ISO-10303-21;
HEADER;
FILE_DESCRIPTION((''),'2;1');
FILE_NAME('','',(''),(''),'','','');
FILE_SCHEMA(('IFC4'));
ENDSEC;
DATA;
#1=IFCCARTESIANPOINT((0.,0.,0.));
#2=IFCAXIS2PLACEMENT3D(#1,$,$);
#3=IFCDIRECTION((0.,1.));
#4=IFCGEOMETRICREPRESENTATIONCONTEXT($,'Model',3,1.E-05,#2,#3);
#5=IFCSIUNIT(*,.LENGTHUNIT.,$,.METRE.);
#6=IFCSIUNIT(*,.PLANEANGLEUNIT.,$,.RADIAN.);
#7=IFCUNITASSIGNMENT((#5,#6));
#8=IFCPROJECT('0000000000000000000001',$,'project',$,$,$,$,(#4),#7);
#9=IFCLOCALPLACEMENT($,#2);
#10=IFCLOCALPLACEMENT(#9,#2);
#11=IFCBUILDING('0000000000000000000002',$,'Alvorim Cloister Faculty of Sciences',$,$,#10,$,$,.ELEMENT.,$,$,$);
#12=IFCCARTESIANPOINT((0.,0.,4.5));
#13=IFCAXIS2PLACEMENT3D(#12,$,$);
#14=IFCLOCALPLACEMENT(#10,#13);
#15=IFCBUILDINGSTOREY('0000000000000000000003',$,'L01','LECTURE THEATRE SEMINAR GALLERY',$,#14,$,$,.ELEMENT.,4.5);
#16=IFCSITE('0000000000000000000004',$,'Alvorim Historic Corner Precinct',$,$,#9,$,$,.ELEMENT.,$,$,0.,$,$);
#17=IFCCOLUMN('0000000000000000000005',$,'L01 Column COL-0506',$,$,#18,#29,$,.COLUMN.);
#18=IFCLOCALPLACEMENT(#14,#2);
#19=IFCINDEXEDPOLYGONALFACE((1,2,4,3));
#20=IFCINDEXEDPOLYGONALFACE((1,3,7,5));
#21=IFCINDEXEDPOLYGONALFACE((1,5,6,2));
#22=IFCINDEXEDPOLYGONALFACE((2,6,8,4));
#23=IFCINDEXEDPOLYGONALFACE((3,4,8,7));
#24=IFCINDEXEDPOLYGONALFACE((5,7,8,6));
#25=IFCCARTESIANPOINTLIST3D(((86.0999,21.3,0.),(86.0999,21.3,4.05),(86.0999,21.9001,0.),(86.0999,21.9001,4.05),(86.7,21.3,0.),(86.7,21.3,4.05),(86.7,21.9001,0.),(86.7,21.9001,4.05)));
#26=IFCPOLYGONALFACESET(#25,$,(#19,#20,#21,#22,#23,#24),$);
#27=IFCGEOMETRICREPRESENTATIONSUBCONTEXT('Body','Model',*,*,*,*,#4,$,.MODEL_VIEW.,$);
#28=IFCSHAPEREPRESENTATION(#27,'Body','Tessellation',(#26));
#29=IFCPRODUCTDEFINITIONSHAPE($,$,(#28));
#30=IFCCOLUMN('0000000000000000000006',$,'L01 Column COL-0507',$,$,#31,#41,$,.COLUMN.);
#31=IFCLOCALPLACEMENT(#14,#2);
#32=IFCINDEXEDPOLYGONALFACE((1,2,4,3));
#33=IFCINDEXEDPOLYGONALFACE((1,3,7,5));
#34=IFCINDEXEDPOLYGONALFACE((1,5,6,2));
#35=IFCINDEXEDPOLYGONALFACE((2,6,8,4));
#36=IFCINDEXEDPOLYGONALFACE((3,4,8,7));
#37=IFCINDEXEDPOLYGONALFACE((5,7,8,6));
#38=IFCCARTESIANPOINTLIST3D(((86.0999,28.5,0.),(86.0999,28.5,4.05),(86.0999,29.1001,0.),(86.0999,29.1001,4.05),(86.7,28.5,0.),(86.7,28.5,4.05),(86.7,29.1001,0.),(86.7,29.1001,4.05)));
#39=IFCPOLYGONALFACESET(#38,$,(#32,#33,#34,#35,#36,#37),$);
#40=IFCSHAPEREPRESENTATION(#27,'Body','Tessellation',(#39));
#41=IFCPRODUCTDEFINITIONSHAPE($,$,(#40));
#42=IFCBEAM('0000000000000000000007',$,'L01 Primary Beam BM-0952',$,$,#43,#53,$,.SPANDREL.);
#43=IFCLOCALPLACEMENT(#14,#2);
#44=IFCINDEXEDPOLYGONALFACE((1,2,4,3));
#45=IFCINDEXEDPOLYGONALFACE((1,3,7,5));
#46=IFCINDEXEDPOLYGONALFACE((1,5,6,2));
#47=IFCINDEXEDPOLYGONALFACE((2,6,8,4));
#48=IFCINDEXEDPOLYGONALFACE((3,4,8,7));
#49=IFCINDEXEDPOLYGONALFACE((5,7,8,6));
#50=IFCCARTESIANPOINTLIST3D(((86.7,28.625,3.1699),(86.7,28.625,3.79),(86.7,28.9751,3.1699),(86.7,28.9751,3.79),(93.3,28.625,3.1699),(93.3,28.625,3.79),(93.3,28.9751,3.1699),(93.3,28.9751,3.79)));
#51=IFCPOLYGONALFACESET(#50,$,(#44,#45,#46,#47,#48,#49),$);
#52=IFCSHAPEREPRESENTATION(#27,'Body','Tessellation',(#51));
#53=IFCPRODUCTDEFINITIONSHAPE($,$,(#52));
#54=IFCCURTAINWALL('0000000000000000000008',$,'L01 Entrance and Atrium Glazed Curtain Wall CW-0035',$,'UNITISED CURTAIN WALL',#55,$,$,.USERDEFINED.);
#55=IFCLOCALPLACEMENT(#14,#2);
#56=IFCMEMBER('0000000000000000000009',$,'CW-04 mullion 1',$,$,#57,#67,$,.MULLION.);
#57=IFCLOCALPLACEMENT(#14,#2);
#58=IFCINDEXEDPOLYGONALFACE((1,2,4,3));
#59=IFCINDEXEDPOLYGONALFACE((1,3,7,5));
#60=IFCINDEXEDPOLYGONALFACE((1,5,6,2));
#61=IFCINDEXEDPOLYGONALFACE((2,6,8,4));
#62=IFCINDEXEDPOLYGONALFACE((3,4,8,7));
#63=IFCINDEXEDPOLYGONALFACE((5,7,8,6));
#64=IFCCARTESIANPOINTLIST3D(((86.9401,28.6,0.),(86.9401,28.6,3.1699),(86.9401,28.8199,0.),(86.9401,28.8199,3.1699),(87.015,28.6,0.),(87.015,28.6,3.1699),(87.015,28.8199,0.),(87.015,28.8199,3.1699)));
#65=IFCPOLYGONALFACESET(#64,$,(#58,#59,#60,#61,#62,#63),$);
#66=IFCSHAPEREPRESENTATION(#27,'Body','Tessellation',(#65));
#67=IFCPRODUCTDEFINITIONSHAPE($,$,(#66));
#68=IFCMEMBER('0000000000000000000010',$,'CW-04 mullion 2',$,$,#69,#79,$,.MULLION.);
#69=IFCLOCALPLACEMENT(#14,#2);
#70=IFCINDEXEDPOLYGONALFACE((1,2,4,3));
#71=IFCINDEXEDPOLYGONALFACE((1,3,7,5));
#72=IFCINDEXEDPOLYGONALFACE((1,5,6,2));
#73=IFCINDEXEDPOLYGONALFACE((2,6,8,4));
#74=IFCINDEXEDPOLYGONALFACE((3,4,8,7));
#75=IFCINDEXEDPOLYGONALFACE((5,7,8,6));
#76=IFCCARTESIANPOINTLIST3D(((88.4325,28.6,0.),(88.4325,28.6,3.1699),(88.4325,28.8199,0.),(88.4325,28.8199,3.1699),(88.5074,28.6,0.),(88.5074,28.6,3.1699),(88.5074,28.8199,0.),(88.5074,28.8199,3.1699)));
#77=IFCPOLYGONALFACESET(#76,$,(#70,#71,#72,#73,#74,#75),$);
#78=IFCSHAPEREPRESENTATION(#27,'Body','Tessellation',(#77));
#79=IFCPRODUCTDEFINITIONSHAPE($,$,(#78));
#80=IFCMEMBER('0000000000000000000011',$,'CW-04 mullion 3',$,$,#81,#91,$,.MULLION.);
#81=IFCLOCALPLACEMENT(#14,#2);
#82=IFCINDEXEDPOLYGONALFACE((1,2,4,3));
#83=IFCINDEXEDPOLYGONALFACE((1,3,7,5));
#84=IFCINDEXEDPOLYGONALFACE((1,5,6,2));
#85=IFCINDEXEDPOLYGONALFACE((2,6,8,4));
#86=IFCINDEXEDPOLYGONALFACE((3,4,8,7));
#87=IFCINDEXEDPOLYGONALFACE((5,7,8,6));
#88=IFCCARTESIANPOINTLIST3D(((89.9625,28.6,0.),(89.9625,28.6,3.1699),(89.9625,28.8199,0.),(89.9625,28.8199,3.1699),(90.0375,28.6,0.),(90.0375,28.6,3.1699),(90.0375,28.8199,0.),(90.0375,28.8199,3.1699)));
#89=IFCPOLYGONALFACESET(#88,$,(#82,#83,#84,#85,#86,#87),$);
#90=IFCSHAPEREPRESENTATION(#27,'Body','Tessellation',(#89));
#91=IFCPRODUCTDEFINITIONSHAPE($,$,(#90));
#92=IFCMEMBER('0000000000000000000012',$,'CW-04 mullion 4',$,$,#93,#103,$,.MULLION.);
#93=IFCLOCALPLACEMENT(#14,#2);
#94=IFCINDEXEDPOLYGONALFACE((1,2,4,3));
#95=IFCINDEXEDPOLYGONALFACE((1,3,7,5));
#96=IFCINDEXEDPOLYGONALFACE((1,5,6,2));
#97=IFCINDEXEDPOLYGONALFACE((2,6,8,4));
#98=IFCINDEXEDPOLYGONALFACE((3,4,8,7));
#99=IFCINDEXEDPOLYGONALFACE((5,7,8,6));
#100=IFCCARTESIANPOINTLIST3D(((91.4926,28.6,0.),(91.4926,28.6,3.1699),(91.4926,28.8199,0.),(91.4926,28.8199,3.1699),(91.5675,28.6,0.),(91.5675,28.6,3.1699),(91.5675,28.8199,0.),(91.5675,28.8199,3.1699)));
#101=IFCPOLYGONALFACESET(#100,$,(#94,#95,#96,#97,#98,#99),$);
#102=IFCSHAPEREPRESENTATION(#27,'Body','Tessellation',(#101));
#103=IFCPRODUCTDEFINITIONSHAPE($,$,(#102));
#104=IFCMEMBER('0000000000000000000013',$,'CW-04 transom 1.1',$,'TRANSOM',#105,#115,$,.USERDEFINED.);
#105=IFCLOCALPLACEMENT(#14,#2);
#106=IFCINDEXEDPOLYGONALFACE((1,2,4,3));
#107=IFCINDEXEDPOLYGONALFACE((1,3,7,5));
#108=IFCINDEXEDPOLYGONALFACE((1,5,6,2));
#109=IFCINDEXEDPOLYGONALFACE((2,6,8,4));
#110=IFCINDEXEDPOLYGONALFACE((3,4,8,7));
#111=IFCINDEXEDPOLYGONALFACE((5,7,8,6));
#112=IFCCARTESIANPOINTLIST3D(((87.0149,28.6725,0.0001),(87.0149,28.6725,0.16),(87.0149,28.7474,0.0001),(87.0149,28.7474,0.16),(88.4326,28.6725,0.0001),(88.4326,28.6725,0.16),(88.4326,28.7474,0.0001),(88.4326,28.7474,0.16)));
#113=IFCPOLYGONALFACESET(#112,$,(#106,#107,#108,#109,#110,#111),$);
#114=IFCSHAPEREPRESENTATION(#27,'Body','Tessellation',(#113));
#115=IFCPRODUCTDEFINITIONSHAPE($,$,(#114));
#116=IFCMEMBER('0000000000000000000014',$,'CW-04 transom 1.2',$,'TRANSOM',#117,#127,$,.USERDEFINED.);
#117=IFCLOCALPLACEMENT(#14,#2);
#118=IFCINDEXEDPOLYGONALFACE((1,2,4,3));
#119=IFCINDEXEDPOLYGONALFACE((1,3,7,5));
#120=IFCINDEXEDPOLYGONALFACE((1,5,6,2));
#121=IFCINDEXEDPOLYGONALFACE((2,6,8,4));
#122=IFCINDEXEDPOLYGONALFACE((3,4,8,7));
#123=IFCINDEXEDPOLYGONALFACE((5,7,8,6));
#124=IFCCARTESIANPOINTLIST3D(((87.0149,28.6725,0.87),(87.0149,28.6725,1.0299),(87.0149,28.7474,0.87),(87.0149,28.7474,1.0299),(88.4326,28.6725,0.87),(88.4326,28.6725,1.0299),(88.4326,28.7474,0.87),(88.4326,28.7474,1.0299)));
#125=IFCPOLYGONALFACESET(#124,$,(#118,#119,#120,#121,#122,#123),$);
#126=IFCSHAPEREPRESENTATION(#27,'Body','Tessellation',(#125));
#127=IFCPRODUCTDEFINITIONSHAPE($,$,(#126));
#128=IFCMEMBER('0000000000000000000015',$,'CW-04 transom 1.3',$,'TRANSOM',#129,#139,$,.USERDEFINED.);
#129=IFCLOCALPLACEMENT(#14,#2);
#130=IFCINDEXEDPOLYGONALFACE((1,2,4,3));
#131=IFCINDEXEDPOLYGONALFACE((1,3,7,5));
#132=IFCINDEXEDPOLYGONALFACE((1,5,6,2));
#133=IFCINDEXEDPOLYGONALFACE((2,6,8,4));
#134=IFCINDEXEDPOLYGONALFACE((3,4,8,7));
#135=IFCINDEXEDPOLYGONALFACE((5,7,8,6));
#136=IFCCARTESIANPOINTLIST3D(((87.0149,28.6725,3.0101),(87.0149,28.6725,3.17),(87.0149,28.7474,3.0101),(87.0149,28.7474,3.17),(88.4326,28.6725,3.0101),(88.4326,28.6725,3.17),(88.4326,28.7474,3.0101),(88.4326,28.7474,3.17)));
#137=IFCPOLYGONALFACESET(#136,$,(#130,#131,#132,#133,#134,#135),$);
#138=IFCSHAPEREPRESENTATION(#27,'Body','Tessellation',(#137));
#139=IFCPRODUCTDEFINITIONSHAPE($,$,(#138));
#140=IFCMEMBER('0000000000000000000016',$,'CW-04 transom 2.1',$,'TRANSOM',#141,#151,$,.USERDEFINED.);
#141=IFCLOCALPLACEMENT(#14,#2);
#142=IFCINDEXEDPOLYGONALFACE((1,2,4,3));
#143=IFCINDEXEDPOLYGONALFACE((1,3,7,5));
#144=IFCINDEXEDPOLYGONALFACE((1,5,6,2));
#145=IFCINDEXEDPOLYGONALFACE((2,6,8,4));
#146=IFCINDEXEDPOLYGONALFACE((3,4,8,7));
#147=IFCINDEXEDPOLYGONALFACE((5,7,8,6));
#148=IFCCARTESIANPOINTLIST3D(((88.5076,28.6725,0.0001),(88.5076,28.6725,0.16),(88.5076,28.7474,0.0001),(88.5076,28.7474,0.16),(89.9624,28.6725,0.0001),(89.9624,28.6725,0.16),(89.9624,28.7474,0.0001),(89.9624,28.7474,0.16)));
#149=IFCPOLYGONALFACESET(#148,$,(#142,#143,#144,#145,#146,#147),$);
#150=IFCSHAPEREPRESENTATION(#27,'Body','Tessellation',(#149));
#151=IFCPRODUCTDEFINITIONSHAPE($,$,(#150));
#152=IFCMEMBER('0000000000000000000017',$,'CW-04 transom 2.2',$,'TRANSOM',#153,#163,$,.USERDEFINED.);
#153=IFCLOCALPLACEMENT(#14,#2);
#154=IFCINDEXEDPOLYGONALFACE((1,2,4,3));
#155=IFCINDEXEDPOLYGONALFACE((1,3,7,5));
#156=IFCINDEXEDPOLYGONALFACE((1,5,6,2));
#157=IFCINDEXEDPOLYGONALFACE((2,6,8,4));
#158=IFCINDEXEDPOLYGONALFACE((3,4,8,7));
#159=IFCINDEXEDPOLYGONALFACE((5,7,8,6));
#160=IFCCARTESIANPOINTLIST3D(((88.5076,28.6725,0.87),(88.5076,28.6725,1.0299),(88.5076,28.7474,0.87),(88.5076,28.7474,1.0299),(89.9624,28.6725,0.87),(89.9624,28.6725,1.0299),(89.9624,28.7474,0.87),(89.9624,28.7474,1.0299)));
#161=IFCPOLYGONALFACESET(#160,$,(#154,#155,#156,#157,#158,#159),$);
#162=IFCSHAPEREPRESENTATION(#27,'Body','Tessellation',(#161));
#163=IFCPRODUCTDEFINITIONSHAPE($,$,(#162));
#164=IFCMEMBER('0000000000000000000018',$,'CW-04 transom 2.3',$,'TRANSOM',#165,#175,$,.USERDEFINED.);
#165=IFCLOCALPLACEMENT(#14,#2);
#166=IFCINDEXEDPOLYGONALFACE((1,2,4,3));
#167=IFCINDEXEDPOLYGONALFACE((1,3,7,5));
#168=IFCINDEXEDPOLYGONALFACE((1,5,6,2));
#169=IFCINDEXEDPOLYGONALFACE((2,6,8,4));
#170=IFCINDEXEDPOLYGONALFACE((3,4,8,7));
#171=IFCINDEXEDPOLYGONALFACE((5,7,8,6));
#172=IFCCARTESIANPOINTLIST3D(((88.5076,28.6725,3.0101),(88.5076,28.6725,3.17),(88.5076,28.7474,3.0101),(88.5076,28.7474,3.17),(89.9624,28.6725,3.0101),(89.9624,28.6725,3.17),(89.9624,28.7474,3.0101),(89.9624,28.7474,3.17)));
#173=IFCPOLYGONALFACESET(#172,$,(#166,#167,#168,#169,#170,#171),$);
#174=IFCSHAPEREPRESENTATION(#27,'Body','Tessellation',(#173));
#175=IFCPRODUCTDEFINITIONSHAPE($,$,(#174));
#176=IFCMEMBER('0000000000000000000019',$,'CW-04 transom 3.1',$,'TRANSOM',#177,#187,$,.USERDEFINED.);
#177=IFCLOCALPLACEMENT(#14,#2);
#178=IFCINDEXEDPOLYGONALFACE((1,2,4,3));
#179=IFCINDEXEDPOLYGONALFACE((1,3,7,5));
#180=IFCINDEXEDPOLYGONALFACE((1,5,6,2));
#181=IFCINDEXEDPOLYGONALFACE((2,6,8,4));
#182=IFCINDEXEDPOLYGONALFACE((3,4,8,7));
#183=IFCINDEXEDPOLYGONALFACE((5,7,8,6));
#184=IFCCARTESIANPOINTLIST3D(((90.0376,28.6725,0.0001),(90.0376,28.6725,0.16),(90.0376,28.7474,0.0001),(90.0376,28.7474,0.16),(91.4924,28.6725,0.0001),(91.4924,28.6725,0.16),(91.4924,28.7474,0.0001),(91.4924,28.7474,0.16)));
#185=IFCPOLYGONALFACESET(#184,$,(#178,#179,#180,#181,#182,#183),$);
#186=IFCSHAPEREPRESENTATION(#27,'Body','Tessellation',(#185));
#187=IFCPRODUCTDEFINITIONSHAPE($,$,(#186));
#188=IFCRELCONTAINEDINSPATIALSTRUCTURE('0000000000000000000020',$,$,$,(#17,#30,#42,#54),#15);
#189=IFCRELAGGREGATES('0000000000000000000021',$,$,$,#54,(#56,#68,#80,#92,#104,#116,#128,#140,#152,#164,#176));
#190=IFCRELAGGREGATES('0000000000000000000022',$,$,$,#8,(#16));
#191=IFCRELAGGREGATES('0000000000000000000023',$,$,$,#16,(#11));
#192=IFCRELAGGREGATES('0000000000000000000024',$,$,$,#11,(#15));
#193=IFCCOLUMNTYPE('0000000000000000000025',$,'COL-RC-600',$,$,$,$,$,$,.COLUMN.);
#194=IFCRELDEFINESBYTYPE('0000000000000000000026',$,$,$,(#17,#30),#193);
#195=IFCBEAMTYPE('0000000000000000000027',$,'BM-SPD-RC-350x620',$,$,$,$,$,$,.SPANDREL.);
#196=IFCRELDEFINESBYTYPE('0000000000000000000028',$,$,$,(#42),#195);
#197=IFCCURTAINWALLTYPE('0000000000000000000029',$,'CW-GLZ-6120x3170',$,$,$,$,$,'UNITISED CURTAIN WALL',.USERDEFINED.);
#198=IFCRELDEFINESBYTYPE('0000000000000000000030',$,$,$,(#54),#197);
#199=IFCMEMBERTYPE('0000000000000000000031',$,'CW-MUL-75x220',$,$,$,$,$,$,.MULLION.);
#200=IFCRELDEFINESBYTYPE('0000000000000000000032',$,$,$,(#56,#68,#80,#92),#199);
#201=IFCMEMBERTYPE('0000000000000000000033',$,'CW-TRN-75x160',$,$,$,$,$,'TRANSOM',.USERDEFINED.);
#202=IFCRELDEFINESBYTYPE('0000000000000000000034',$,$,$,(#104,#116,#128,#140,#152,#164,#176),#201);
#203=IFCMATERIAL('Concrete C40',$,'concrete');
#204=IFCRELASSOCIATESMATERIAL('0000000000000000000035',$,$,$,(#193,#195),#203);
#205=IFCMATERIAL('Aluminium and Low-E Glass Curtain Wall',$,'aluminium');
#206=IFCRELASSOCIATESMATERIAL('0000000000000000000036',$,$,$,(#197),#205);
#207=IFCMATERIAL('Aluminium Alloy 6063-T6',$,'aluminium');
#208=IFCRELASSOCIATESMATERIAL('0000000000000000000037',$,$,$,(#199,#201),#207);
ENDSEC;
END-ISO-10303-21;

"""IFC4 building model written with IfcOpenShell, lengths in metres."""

from ifc_helpers import new_model, si_unit, direction, frame, origin, origin_2d, place, context, subcontext, project, spatial, rectangle, extrude, material, material_profile, profile_set, type_object, element, aggregate, save


model = new_model("IFC4")

# Units and contexts
model_context = context("Model", 3, precision=1e-05, world=origin(), true_north=direction((0.0, 1.0)))
body_context = subcontext(model_context, "Body", "Model", "MODEL_VIEW")
ifc_project = project(units=[si_unit("LENGTHUNIT", "METRE"), si_unit("PLANEANGLEUNIT", "RADIAN")], contexts=[model_context])

# Site, building, storey
site_placement = place(None, origin())
site = spatial("IfcSite", under=ifc_project, at=site_placement, Name="Alvorim Historic Corner Precinct", CompositionType="ELEMENT", RefElevation=0.0)
building_placement = place(site_placement, origin())
building = spatial("IfcBuilding", under=site, at=building_placement, Name="Alvorim Cloister Faculty of Sciences", CompositionType="ELEMENT")
storey_placement = place(building_placement, frame((0.0, 0.0, 4.5)))
storey = spatial("IfcBuildingStorey", under=building, at=storey_placement, Name="L01", Description="LECTURE THEATRE SEMINAR GALLERY", CompositionType="ELEMENT", Elevation=4.5)

# Columns
ifc_material_1 = material(Name="Concrete C40", Category="concrete")
ifc_material_profile_1 = material_profile(ifc_material_1, rectangle(XDim=0.6001, YDim=0.6001, at=origin_2d()), Name="RC40-COL-600x600")
ifc_profile_set_1 = profile_set([ifc_material_profile_1], Name="Concrete C40")
column_type = type_object("IfcColumnType", Name="COL-RC-600", PredefinedType="COLUMN", material=ifc_profile_set_1)
for number, where, z_axis, x_axis, name in (
    (1, (86.3999, 21.6001, 0.0), (0.0, 0.0, 1.0), (1.0, 0.0, 0.0), "L01 Column COL-0506"),
    (2, (86.3999, 28.8, 0.0), (0.0, 0.0, 1.0), (1.0, 0.0, 0.0), "L01 Column COL-0507"),
):
    element("IfcColumn", number, at=place(storey_placement, frame(where, z_axis=z_axis, x_axis=x_axis)), inside=storey, type_object=column_type, Name=name, PredefinedType="COLUMN", context=body_context, shape_type="SweptSolid", body=[
        extrude(rectangle(XDim=0.6001, YDim=0.6001, at=origin_2d()), origin(), (0.0, 0.0, 1.0), 4.05),
    ])

# Beam
ifc_material_profile_2 = material_profile(ifc_material_1, rectangle(XDim=0.3501, YDim=0.6201, at=origin_2d()), Name="RC40-SPD-350x620")
ifc_profile_set_2 = profile_set([ifc_material_profile_2], Name="Concrete C40")
beam_type = type_object("IfcBeamType", Name="BM-SPD-RC-350x620", PredefinedType="SPANDREL", material=ifc_profile_set_2)
beam_placement = place(storey_placement, frame((86.7, 28.8, 3.48), z_axis=(1.0, 0.0, 0.0), x_axis=(0.0, 1.0, 0.0)))
element("IfcBeam", 3, at=beam_placement, inside=storey, type_object=beam_type, Name="L01 Primary Beam BM-0952", PredefinedType="SPANDREL", context=body_context, shape_type="SweptSolid", body=[
    extrude(rectangle(XDim=0.3501, YDim=0.6201, at=origin_2d()), origin(), (0.0, 0.0, 1.0), 6.6001),
])

# Curtain wall, members
ifc_material_2 = material(Name="Aluminium and Low-E Glass Curtain Wall", Category="aluminium")
curtain_wall_type = type_object("IfcCurtainWallType", Name="CW-GLZ-6120x3170", ElementType="UNITISED CURTAIN WALL", PredefinedType="USERDEFINED", material=ifc_material_2)
curtain_wall_placement = place(storey_placement, origin())
curtain_wall = element("IfcCurtainWall", 4, at=curtain_wall_placement, inside=storey, type_object=curtain_wall_type, Name="L01 Entrance and Atrium Glazed Curtain Wall CW-0035", ObjectType="UNITISED CURTAIN WALL", PredefinedType="USERDEFINED")
ifc_material_3 = material(Name="Aluminium Alloy 6063-T6", Category="aluminium")
ifc_material_profile_3 = material_profile(ifc_material_3, rectangle(XDim=0.075, YDim=0.22, at=origin_2d()), Name="ALU-MUL-75x220")
ifc_profile_set_3 = profile_set([ifc_material_profile_3], Name="Aluminium Alloy 6063-T6")
member_type_1 = type_object("IfcMemberType", Name="CW-MUL-75x220", PredefinedType="MULLION", material=ifc_profile_set_3)
member_1_placement = place(storey_placement, frame((86.9775, 28.71, 0.0), z_axis=(0.0, 0.0, 1.0), x_axis=(1.0, 0.0, 0.0)))
member_1 = element("IfcMember", 5, at=member_1_placement, type_object=member_type_1, Name="CW-04 mullion 1", PredefinedType="MULLION", context=body_context, shape_type="SweptSolid", body=[
    extrude(rectangle(XDim=0.075, YDim=0.22, at=origin_2d()), origin(), (0.0, 0.0, 1.0), 3.1699),
])
member_2_placement = place(storey_placement, frame((88.47, 28.71, 0.0), z_axis=(0.0, 0.0, 1.0), x_axis=(1.0, 0.0, 0.0)))
member_2 = element("IfcMember", 6, at=member_2_placement, type_object=member_type_1, Name="CW-04 mullion 2", PredefinedType="MULLION", context=body_context, shape_type="SweptSolid", body=[
    extrude(rectangle(XDim=0.075, YDim=0.22, at=origin_2d()), origin(), (0.0, 0.0, 1.0), 3.1699),
])
member_3_placement = place(storey_placement, frame((90.0, 28.71, 0.0), z_axis=(0.0, 0.0, 1.0), x_axis=(1.0, 0.0, 0.0)))
member_3 = element("IfcMember", 7, at=member_3_placement, type_object=member_type_1, Name="CW-04 mullion 3", PredefinedType="MULLION", context=body_context, shape_type="SweptSolid", body=[
    extrude(rectangle(XDim=0.075, YDim=0.22, at=origin_2d()), origin(), (0.0, 0.0, 1.0), 3.1699),
])
member_4_placement = place(storey_placement, frame((91.53, 28.71, 0.0), z_axis=(0.0, 0.0, 1.0), x_axis=(1.0, 0.0, 0.0)))
member_4 = element("IfcMember", 8, at=member_4_placement, type_object=member_type_1, Name="CW-04 mullion 4", PredefinedType="MULLION", context=body_context, shape_type="SweptSolid", body=[
    extrude(rectangle(XDim=0.075, YDim=0.22, at=origin_2d()), origin(), (0.0, 0.0, 1.0), 3.1699),
])
ifc_material_profile_4 = material_profile(ifc_material_3, rectangle(XDim=0.075, YDim=0.1599, at=origin_2d()), Name="ALU-TRN-75x160")
ifc_profile_set_4 = profile_set([ifc_material_profile_4], Name="Aluminium Alloy 6063-T6")
member_type_2 = type_object("IfcMemberType", Name="CW-TRN-75x160", ElementType="TRANSOM", PredefinedType="USERDEFINED", material=ifc_profile_set_4)
member_5_placement = place(storey_placement, frame((87.0149, 28.71, 0.0801), z_axis=(1.0, 0.0, 0.0), x_axis=(0.0, 1.0, 0.0)))
member_5 = element("IfcMember", 9, at=member_5_placement, type_object=member_type_2, Name="CW-04 transom 1.1", ObjectType="TRANSOM", PredefinedType="USERDEFINED", context=body_context, shape_type="SweptSolid", body=[
    extrude(rectangle(XDim=0.075, YDim=0.1599, at=origin_2d()), origin(), (0.0, 0.0, 1.0), 1.4177),
])
member_6_placement = place(storey_placement, frame((87.0149, 28.71, 0.95), z_axis=(1.0, 0.0, 0.0), x_axis=(0.0, 1.0, 0.0)))
member_6 = element("IfcMember", 10, at=member_6_placement, type_object=member_type_2, Name="CW-04 transom 1.2", ObjectType="TRANSOM", PredefinedType="USERDEFINED", context=body_context, shape_type="SweptSolid", body=[
    extrude(rectangle(XDim=0.075, YDim=0.1599, at=origin_2d()), origin(), (0.0, 0.0, 1.0), 1.4177),
])
member_7_placement = place(storey_placement, frame((87.0149, 28.71, 3.0901), z_axis=(1.0, 0.0, 0.0), x_axis=(0.0, 1.0, 0.0)))
member_7 = element("IfcMember", 11, at=member_7_placement, type_object=member_type_2, Name="CW-04 transom 1.3", ObjectType="TRANSOM", PredefinedType="USERDEFINED", context=body_context, shape_type="SweptSolid", body=[
    extrude(rectangle(XDim=0.075, YDim=0.1599, at=origin_2d()), origin(), (0.0, 0.0, 1.0), 1.4177),
])
member_8_placement = place(storey_placement, frame((88.5076, 28.71, 0.0801), z_axis=(1.0, 0.0, 0.0), x_axis=(0.0, 1.0, 0.0)))
member_8 = element("IfcMember", 12, at=member_8_placement, type_object=member_type_2, Name="CW-04 transom 2.1", ObjectType="TRANSOM", PredefinedType="USERDEFINED", context=body_context, shape_type="SweptSolid", body=[
    extrude(rectangle(XDim=0.075, YDim=0.1599, at=origin_2d()), origin(), (0.0, 0.0, 1.0), 1.4548),
])
member_9_placement = place(storey_placement, frame((88.5076, 28.71, 0.95), z_axis=(1.0, 0.0, 0.0), x_axis=(0.0, 1.0, 0.0)))
member_9 = element("IfcMember", 13, at=member_9_placement, type_object=member_type_2, Name="CW-04 transom 2.2", ObjectType="TRANSOM", PredefinedType="USERDEFINED", context=body_context, shape_type="SweptSolid", body=[
    extrude(rectangle(XDim=0.075, YDim=0.1599, at=origin_2d()), origin(), (0.0, 0.0, 1.0), 1.4548),
])
member_10_placement = place(storey_placement, frame((88.5076, 28.71, 3.0901), z_axis=(1.0, 0.0, 0.0), x_axis=(0.0, 1.0, 0.0)))
member_10 = element("IfcMember", 14, at=member_10_placement, type_object=member_type_2, Name="CW-04 transom 2.3", ObjectType="TRANSOM", PredefinedType="USERDEFINED", context=body_context, shape_type="SweptSolid", body=[
    extrude(rectangle(XDim=0.075, YDim=0.1599, at=origin_2d()), origin(), (0.0, 0.0, 1.0), 1.4548),
])
member_11_placement = place(storey_placement, frame((90.0376, 28.71, 0.0801), z_axis=(1.0, 0.0, 0.0), x_axis=(0.0, 1.0, 0.0)))
member_11 = element("IfcMember", 15, at=member_11_placement, type_object=member_type_2, Name="CW-04 transom 3.1", ObjectType="TRANSOM", PredefinedType="USERDEFINED", context=body_context, shape_type="SweptSolid", body=[
    extrude(rectangle(XDim=0.075, YDim=0.1599, at=origin_2d()), origin(), (0.0, 0.0, 1.0), 1.4548),
])
aggregate(curtain_wall, [member_1, member_2, member_3, member_4, member_5, member_6, member_7, member_8, member_9, member_10, member_11])

save(model, "model.ifc")
